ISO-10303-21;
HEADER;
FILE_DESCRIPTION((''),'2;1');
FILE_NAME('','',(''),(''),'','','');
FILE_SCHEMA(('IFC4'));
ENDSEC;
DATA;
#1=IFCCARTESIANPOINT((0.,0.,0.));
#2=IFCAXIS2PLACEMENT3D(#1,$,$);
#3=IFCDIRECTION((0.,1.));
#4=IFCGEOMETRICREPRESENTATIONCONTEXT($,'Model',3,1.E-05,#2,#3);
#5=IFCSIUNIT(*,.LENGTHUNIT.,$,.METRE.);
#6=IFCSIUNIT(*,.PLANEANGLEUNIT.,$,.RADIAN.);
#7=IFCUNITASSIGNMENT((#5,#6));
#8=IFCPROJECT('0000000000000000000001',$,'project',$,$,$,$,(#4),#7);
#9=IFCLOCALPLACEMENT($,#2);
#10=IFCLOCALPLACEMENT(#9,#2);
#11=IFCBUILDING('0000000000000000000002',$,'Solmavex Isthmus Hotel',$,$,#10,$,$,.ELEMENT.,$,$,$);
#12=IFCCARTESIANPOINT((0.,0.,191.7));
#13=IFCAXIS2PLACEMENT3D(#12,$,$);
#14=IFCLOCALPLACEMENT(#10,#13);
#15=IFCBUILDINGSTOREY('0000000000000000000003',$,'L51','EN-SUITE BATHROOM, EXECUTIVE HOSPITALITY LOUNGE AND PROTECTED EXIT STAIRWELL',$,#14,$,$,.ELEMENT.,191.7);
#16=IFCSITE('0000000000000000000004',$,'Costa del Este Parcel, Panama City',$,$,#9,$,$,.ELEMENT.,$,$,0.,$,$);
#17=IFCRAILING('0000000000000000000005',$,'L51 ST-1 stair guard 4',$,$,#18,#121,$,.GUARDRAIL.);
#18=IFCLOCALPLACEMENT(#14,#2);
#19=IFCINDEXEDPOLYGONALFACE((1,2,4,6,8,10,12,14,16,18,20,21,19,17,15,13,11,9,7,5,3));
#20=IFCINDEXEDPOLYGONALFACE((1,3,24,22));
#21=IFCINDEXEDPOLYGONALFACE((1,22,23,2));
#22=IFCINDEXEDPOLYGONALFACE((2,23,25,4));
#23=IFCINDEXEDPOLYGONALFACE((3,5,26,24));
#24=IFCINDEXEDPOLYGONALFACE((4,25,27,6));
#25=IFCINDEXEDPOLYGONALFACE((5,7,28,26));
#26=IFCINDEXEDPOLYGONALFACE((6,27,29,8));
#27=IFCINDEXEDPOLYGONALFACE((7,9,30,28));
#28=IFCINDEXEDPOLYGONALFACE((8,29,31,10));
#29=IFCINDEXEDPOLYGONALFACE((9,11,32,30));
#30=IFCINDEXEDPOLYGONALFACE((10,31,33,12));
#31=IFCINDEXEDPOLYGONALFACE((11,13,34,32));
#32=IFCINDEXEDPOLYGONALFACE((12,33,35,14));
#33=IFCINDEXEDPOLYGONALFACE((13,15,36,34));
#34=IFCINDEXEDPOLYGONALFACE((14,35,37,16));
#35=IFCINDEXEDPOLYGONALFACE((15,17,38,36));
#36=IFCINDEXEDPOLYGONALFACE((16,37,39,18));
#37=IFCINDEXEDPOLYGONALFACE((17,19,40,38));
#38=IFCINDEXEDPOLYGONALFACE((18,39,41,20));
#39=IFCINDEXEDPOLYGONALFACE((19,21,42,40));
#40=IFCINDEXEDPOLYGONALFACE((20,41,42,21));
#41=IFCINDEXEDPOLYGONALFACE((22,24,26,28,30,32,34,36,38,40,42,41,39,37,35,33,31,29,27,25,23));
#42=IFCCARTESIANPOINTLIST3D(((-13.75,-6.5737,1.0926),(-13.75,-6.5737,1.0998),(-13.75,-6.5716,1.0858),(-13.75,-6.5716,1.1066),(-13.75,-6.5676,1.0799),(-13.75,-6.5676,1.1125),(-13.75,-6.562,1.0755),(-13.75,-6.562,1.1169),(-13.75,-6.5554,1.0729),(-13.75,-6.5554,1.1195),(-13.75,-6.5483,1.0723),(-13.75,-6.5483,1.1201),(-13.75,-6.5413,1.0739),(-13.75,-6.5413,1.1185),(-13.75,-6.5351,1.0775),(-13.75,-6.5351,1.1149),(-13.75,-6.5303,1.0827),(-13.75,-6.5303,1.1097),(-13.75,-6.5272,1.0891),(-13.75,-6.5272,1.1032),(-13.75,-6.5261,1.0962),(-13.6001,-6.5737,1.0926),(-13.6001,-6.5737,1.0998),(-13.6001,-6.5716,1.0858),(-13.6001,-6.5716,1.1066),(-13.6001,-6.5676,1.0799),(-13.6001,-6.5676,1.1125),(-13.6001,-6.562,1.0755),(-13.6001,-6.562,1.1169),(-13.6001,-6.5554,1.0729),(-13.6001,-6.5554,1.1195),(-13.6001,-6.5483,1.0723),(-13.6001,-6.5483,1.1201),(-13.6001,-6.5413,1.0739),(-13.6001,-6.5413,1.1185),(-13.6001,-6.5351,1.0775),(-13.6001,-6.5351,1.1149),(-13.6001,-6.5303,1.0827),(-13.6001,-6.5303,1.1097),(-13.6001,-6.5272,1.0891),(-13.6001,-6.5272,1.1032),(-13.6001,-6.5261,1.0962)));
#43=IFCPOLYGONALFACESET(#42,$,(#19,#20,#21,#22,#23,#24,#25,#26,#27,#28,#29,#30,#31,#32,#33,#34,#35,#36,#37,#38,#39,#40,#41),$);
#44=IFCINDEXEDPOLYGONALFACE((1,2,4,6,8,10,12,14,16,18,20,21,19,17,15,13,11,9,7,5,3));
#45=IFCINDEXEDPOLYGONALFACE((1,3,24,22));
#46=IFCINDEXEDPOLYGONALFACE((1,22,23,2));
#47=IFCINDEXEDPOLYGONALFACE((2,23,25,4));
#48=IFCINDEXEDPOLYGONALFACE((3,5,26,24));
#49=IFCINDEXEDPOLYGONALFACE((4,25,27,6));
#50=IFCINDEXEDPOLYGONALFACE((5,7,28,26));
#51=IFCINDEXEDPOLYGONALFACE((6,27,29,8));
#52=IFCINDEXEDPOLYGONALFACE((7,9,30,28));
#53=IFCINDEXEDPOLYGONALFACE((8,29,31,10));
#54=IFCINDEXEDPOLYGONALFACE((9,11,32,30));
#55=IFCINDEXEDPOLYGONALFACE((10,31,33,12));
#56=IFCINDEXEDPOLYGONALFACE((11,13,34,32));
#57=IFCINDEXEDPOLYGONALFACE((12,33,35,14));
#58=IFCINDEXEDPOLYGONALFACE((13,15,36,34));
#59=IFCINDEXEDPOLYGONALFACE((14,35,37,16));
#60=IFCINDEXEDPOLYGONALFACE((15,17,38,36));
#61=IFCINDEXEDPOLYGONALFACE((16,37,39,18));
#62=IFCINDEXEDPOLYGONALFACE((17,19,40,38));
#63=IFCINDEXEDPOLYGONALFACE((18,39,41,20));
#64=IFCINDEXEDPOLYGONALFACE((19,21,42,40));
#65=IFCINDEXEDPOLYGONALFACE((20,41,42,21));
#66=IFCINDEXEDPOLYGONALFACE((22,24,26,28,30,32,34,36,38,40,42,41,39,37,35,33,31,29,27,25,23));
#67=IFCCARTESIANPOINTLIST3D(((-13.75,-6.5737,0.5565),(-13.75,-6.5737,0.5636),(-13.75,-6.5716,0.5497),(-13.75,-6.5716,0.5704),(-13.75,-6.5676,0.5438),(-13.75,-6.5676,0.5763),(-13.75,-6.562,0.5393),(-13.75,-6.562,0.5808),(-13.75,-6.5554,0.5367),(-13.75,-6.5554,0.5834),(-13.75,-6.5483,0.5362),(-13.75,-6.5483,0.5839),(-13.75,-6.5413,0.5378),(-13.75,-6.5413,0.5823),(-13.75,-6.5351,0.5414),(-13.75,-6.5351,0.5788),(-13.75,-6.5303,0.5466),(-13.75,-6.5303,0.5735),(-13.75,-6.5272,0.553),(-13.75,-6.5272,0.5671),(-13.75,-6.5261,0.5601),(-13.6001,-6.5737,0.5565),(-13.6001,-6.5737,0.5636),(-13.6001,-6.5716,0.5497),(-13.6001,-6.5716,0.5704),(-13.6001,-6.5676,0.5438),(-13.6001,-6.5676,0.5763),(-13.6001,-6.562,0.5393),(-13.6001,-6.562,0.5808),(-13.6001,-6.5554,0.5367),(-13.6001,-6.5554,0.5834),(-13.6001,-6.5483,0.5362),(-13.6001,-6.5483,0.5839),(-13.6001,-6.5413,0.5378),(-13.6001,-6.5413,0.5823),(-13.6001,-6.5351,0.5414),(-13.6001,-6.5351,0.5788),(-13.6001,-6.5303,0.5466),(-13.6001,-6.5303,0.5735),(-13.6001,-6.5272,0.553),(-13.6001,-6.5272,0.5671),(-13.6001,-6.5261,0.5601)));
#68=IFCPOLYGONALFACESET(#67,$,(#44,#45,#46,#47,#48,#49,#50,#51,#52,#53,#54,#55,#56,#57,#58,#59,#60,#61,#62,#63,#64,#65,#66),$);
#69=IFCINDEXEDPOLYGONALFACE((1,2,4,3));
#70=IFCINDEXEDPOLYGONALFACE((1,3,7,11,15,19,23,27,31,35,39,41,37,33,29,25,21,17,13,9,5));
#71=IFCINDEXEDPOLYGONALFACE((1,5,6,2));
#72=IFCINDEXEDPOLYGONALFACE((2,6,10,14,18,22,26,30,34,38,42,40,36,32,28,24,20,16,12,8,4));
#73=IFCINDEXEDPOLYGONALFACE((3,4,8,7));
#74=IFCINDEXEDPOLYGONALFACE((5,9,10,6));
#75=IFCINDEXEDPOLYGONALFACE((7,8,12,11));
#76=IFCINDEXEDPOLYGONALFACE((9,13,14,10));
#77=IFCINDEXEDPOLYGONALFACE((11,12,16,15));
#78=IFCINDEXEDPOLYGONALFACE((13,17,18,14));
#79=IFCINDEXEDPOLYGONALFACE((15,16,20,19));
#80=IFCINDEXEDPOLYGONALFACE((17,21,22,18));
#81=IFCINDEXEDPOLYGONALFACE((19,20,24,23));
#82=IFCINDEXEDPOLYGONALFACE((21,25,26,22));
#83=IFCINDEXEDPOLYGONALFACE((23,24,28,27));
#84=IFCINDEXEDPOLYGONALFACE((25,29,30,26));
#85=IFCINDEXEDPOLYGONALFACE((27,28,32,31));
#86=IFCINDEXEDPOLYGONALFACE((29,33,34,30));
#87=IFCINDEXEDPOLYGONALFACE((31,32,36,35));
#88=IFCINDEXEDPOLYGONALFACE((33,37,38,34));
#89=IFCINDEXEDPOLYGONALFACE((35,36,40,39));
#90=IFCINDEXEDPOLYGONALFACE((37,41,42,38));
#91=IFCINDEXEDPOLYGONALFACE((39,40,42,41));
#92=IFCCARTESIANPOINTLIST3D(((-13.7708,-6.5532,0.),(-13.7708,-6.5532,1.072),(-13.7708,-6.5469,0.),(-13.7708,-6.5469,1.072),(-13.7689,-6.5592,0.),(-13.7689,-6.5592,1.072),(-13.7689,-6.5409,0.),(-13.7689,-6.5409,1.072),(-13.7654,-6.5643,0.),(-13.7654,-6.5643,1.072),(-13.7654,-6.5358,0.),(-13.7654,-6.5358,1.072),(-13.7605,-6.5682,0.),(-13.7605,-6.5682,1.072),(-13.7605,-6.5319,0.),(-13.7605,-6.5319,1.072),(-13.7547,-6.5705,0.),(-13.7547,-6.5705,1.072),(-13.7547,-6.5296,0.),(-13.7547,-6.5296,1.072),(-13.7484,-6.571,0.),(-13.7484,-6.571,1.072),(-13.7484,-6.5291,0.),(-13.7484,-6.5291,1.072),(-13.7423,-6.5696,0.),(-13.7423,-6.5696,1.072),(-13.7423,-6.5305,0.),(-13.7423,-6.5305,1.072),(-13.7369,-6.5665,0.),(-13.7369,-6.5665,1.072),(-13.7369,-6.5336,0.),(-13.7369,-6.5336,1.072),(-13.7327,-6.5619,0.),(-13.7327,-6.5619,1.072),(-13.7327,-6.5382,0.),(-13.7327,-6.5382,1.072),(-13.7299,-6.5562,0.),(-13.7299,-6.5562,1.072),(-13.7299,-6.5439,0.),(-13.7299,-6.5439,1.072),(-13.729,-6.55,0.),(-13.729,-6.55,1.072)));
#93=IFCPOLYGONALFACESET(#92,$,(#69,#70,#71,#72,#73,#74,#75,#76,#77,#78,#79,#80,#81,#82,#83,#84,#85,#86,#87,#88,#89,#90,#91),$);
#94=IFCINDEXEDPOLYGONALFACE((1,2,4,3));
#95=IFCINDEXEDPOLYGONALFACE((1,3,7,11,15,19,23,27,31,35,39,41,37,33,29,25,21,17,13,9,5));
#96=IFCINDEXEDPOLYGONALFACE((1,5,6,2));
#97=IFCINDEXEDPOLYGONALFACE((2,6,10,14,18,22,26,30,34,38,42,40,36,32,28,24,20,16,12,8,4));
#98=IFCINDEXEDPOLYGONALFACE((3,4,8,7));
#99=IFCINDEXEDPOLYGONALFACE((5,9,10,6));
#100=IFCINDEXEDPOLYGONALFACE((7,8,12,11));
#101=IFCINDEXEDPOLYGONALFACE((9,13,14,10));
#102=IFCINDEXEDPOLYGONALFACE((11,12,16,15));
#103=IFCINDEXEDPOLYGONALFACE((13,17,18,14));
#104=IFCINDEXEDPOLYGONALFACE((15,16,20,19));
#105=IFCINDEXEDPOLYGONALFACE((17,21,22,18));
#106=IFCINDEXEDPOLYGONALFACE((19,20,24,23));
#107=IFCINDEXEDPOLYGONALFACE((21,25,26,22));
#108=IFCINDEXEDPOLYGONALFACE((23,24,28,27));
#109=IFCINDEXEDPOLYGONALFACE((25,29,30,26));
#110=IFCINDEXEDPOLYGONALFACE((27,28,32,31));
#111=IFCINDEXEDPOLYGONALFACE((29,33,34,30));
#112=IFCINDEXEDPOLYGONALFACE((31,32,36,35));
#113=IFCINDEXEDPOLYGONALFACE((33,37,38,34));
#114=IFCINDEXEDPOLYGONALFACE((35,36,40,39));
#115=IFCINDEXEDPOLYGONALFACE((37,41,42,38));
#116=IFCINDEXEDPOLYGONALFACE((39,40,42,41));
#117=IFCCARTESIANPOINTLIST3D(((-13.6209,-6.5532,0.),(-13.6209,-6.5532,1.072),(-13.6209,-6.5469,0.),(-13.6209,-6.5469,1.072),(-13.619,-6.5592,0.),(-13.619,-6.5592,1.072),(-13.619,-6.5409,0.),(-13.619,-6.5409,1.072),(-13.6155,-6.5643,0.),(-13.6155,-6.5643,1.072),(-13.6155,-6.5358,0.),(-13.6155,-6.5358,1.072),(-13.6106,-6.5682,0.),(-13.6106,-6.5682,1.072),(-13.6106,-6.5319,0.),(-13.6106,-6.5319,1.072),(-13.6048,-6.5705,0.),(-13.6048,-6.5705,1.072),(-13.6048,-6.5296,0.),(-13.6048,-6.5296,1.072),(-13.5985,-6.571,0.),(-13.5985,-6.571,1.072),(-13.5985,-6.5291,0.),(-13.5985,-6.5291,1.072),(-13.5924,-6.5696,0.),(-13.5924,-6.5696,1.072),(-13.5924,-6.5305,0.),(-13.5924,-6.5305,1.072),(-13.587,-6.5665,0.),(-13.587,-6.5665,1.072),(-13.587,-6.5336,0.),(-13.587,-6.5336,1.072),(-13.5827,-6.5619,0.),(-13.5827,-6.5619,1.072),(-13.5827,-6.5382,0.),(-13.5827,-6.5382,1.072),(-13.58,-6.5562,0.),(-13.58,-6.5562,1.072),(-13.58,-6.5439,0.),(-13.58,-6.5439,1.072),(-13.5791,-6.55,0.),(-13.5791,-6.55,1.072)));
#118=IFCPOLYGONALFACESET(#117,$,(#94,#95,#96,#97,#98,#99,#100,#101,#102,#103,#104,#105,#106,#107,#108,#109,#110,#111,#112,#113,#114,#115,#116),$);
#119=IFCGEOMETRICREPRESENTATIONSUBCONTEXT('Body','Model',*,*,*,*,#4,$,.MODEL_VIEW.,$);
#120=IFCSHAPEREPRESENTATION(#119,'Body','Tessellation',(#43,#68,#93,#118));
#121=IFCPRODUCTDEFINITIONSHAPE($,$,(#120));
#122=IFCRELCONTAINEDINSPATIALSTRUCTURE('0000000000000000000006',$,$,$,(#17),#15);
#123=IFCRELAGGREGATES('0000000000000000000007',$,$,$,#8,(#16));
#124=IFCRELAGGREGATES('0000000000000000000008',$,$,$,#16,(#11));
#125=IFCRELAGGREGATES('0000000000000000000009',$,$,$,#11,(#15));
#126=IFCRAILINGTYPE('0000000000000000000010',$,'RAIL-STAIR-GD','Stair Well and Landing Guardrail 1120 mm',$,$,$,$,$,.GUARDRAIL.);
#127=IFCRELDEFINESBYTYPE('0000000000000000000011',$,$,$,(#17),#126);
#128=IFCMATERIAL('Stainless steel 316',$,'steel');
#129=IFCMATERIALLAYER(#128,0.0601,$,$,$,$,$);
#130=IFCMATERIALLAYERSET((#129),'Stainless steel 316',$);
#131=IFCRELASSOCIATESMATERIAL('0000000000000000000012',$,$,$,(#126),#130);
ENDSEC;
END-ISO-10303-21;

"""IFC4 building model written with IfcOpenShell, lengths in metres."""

from ifc_helpers import new_model, si_unit, direction, frame, origin, origin_2d, place, context, subcontext, project, spatial, circle, extrude, material, layer, layer_set, type_object, element, save


model = new_model("IFC4")

# Units and contexts
model_context = context("Model", 3, precision=1e-05, world=origin(), true_north=direction((0.0, 1.0)))
body_context = subcontext(model_context, "Body", "Model", "MODEL_VIEW")
ifc_project = project(units=[si_unit("LENGTHUNIT", "METRE"), si_unit("PLANEANGLEUNIT", "RADIAN")], contexts=[model_context])

# Site, building, storey
site_placement = place(None, origin())
site = spatial("IfcSite", under=ifc_project, at=site_placement, Name="Costa del Este Parcel, Panama City", CompositionType="ELEMENT", RefElevation=0.0)
building_placement = place(site_placement, origin())
building = spatial("IfcBuilding", under=site, at=building_placement, Name="Solmavex Isthmus Hotel", CompositionType="ELEMENT")
storey_placement = place(building_placement, frame((0.0, 0.0, 191.7)))
storey = spatial("IfcBuildingStorey", under=building, at=storey_placement, Name="L51", Description="EN-SUITE BATHROOM, EXECUTIVE HOSPITALITY LOUNGE AND PROTECTED EXIT STAIRWELL", CompositionType="ELEMENT", Elevation=191.7)

# Railing
ifc_material_1 = material(Name="Stainless steel 316", Category="steel")
ifc_layer_1 = layer(ifc_material_1, 0.0601)
ifc_layer_set_1 = layer_set([ifc_layer_1], Name="Stainless steel 316")
railing_type_1 = type_object("IfcRailingType", Name="RAIL-STAIR-GD", Description="Stair Well and Landing Guardrail 1120 mm", PredefinedType="GUARDRAIL", material=ifc_layer_set_1)
for number, where, name in (
    (1, (-13.75, -6.55, 0.0), "L51 ST-1 stair guard 4"),
):
    element("IfcRailing", number, at=place(storey_placement, frame(where)), inside=storey, type_object=railing_type_1, Name=name, PredefinedType="GUARDRAIL", context=body_context, shape_type="SweptSolid", body=[
        extrude(circle(Radius=0.0239, at=origin_2d()), frame((0.0, 0.0, 1.0962), z_axis=(1.0, 0.0, 0.0), x_axis=(0.0, 1.0, 0.0)), (0.0, 0.0, 1.0), 0.1499),
        extrude(circle(Radius=0.0239, at=origin_2d()), frame((0.0, 0.0, 0.5601), z_axis=(1.0, 0.0, 0.0), x_axis=(0.0, 1.0, 0.0)), (0.0, 0.0, 1.0), 0.1499),
        extrude(circle(Radius=0.021, at=origin_2d()), origin(), (0.0, 0.0, 1.0), 1.072),
        extrude(circle(Radius=0.021, at=origin_2d()), frame((0.1499, 0.0, 0.0)), (0.0, 0.0, 1.0), 1.072),
    ])

save(model, "model.ifc")
